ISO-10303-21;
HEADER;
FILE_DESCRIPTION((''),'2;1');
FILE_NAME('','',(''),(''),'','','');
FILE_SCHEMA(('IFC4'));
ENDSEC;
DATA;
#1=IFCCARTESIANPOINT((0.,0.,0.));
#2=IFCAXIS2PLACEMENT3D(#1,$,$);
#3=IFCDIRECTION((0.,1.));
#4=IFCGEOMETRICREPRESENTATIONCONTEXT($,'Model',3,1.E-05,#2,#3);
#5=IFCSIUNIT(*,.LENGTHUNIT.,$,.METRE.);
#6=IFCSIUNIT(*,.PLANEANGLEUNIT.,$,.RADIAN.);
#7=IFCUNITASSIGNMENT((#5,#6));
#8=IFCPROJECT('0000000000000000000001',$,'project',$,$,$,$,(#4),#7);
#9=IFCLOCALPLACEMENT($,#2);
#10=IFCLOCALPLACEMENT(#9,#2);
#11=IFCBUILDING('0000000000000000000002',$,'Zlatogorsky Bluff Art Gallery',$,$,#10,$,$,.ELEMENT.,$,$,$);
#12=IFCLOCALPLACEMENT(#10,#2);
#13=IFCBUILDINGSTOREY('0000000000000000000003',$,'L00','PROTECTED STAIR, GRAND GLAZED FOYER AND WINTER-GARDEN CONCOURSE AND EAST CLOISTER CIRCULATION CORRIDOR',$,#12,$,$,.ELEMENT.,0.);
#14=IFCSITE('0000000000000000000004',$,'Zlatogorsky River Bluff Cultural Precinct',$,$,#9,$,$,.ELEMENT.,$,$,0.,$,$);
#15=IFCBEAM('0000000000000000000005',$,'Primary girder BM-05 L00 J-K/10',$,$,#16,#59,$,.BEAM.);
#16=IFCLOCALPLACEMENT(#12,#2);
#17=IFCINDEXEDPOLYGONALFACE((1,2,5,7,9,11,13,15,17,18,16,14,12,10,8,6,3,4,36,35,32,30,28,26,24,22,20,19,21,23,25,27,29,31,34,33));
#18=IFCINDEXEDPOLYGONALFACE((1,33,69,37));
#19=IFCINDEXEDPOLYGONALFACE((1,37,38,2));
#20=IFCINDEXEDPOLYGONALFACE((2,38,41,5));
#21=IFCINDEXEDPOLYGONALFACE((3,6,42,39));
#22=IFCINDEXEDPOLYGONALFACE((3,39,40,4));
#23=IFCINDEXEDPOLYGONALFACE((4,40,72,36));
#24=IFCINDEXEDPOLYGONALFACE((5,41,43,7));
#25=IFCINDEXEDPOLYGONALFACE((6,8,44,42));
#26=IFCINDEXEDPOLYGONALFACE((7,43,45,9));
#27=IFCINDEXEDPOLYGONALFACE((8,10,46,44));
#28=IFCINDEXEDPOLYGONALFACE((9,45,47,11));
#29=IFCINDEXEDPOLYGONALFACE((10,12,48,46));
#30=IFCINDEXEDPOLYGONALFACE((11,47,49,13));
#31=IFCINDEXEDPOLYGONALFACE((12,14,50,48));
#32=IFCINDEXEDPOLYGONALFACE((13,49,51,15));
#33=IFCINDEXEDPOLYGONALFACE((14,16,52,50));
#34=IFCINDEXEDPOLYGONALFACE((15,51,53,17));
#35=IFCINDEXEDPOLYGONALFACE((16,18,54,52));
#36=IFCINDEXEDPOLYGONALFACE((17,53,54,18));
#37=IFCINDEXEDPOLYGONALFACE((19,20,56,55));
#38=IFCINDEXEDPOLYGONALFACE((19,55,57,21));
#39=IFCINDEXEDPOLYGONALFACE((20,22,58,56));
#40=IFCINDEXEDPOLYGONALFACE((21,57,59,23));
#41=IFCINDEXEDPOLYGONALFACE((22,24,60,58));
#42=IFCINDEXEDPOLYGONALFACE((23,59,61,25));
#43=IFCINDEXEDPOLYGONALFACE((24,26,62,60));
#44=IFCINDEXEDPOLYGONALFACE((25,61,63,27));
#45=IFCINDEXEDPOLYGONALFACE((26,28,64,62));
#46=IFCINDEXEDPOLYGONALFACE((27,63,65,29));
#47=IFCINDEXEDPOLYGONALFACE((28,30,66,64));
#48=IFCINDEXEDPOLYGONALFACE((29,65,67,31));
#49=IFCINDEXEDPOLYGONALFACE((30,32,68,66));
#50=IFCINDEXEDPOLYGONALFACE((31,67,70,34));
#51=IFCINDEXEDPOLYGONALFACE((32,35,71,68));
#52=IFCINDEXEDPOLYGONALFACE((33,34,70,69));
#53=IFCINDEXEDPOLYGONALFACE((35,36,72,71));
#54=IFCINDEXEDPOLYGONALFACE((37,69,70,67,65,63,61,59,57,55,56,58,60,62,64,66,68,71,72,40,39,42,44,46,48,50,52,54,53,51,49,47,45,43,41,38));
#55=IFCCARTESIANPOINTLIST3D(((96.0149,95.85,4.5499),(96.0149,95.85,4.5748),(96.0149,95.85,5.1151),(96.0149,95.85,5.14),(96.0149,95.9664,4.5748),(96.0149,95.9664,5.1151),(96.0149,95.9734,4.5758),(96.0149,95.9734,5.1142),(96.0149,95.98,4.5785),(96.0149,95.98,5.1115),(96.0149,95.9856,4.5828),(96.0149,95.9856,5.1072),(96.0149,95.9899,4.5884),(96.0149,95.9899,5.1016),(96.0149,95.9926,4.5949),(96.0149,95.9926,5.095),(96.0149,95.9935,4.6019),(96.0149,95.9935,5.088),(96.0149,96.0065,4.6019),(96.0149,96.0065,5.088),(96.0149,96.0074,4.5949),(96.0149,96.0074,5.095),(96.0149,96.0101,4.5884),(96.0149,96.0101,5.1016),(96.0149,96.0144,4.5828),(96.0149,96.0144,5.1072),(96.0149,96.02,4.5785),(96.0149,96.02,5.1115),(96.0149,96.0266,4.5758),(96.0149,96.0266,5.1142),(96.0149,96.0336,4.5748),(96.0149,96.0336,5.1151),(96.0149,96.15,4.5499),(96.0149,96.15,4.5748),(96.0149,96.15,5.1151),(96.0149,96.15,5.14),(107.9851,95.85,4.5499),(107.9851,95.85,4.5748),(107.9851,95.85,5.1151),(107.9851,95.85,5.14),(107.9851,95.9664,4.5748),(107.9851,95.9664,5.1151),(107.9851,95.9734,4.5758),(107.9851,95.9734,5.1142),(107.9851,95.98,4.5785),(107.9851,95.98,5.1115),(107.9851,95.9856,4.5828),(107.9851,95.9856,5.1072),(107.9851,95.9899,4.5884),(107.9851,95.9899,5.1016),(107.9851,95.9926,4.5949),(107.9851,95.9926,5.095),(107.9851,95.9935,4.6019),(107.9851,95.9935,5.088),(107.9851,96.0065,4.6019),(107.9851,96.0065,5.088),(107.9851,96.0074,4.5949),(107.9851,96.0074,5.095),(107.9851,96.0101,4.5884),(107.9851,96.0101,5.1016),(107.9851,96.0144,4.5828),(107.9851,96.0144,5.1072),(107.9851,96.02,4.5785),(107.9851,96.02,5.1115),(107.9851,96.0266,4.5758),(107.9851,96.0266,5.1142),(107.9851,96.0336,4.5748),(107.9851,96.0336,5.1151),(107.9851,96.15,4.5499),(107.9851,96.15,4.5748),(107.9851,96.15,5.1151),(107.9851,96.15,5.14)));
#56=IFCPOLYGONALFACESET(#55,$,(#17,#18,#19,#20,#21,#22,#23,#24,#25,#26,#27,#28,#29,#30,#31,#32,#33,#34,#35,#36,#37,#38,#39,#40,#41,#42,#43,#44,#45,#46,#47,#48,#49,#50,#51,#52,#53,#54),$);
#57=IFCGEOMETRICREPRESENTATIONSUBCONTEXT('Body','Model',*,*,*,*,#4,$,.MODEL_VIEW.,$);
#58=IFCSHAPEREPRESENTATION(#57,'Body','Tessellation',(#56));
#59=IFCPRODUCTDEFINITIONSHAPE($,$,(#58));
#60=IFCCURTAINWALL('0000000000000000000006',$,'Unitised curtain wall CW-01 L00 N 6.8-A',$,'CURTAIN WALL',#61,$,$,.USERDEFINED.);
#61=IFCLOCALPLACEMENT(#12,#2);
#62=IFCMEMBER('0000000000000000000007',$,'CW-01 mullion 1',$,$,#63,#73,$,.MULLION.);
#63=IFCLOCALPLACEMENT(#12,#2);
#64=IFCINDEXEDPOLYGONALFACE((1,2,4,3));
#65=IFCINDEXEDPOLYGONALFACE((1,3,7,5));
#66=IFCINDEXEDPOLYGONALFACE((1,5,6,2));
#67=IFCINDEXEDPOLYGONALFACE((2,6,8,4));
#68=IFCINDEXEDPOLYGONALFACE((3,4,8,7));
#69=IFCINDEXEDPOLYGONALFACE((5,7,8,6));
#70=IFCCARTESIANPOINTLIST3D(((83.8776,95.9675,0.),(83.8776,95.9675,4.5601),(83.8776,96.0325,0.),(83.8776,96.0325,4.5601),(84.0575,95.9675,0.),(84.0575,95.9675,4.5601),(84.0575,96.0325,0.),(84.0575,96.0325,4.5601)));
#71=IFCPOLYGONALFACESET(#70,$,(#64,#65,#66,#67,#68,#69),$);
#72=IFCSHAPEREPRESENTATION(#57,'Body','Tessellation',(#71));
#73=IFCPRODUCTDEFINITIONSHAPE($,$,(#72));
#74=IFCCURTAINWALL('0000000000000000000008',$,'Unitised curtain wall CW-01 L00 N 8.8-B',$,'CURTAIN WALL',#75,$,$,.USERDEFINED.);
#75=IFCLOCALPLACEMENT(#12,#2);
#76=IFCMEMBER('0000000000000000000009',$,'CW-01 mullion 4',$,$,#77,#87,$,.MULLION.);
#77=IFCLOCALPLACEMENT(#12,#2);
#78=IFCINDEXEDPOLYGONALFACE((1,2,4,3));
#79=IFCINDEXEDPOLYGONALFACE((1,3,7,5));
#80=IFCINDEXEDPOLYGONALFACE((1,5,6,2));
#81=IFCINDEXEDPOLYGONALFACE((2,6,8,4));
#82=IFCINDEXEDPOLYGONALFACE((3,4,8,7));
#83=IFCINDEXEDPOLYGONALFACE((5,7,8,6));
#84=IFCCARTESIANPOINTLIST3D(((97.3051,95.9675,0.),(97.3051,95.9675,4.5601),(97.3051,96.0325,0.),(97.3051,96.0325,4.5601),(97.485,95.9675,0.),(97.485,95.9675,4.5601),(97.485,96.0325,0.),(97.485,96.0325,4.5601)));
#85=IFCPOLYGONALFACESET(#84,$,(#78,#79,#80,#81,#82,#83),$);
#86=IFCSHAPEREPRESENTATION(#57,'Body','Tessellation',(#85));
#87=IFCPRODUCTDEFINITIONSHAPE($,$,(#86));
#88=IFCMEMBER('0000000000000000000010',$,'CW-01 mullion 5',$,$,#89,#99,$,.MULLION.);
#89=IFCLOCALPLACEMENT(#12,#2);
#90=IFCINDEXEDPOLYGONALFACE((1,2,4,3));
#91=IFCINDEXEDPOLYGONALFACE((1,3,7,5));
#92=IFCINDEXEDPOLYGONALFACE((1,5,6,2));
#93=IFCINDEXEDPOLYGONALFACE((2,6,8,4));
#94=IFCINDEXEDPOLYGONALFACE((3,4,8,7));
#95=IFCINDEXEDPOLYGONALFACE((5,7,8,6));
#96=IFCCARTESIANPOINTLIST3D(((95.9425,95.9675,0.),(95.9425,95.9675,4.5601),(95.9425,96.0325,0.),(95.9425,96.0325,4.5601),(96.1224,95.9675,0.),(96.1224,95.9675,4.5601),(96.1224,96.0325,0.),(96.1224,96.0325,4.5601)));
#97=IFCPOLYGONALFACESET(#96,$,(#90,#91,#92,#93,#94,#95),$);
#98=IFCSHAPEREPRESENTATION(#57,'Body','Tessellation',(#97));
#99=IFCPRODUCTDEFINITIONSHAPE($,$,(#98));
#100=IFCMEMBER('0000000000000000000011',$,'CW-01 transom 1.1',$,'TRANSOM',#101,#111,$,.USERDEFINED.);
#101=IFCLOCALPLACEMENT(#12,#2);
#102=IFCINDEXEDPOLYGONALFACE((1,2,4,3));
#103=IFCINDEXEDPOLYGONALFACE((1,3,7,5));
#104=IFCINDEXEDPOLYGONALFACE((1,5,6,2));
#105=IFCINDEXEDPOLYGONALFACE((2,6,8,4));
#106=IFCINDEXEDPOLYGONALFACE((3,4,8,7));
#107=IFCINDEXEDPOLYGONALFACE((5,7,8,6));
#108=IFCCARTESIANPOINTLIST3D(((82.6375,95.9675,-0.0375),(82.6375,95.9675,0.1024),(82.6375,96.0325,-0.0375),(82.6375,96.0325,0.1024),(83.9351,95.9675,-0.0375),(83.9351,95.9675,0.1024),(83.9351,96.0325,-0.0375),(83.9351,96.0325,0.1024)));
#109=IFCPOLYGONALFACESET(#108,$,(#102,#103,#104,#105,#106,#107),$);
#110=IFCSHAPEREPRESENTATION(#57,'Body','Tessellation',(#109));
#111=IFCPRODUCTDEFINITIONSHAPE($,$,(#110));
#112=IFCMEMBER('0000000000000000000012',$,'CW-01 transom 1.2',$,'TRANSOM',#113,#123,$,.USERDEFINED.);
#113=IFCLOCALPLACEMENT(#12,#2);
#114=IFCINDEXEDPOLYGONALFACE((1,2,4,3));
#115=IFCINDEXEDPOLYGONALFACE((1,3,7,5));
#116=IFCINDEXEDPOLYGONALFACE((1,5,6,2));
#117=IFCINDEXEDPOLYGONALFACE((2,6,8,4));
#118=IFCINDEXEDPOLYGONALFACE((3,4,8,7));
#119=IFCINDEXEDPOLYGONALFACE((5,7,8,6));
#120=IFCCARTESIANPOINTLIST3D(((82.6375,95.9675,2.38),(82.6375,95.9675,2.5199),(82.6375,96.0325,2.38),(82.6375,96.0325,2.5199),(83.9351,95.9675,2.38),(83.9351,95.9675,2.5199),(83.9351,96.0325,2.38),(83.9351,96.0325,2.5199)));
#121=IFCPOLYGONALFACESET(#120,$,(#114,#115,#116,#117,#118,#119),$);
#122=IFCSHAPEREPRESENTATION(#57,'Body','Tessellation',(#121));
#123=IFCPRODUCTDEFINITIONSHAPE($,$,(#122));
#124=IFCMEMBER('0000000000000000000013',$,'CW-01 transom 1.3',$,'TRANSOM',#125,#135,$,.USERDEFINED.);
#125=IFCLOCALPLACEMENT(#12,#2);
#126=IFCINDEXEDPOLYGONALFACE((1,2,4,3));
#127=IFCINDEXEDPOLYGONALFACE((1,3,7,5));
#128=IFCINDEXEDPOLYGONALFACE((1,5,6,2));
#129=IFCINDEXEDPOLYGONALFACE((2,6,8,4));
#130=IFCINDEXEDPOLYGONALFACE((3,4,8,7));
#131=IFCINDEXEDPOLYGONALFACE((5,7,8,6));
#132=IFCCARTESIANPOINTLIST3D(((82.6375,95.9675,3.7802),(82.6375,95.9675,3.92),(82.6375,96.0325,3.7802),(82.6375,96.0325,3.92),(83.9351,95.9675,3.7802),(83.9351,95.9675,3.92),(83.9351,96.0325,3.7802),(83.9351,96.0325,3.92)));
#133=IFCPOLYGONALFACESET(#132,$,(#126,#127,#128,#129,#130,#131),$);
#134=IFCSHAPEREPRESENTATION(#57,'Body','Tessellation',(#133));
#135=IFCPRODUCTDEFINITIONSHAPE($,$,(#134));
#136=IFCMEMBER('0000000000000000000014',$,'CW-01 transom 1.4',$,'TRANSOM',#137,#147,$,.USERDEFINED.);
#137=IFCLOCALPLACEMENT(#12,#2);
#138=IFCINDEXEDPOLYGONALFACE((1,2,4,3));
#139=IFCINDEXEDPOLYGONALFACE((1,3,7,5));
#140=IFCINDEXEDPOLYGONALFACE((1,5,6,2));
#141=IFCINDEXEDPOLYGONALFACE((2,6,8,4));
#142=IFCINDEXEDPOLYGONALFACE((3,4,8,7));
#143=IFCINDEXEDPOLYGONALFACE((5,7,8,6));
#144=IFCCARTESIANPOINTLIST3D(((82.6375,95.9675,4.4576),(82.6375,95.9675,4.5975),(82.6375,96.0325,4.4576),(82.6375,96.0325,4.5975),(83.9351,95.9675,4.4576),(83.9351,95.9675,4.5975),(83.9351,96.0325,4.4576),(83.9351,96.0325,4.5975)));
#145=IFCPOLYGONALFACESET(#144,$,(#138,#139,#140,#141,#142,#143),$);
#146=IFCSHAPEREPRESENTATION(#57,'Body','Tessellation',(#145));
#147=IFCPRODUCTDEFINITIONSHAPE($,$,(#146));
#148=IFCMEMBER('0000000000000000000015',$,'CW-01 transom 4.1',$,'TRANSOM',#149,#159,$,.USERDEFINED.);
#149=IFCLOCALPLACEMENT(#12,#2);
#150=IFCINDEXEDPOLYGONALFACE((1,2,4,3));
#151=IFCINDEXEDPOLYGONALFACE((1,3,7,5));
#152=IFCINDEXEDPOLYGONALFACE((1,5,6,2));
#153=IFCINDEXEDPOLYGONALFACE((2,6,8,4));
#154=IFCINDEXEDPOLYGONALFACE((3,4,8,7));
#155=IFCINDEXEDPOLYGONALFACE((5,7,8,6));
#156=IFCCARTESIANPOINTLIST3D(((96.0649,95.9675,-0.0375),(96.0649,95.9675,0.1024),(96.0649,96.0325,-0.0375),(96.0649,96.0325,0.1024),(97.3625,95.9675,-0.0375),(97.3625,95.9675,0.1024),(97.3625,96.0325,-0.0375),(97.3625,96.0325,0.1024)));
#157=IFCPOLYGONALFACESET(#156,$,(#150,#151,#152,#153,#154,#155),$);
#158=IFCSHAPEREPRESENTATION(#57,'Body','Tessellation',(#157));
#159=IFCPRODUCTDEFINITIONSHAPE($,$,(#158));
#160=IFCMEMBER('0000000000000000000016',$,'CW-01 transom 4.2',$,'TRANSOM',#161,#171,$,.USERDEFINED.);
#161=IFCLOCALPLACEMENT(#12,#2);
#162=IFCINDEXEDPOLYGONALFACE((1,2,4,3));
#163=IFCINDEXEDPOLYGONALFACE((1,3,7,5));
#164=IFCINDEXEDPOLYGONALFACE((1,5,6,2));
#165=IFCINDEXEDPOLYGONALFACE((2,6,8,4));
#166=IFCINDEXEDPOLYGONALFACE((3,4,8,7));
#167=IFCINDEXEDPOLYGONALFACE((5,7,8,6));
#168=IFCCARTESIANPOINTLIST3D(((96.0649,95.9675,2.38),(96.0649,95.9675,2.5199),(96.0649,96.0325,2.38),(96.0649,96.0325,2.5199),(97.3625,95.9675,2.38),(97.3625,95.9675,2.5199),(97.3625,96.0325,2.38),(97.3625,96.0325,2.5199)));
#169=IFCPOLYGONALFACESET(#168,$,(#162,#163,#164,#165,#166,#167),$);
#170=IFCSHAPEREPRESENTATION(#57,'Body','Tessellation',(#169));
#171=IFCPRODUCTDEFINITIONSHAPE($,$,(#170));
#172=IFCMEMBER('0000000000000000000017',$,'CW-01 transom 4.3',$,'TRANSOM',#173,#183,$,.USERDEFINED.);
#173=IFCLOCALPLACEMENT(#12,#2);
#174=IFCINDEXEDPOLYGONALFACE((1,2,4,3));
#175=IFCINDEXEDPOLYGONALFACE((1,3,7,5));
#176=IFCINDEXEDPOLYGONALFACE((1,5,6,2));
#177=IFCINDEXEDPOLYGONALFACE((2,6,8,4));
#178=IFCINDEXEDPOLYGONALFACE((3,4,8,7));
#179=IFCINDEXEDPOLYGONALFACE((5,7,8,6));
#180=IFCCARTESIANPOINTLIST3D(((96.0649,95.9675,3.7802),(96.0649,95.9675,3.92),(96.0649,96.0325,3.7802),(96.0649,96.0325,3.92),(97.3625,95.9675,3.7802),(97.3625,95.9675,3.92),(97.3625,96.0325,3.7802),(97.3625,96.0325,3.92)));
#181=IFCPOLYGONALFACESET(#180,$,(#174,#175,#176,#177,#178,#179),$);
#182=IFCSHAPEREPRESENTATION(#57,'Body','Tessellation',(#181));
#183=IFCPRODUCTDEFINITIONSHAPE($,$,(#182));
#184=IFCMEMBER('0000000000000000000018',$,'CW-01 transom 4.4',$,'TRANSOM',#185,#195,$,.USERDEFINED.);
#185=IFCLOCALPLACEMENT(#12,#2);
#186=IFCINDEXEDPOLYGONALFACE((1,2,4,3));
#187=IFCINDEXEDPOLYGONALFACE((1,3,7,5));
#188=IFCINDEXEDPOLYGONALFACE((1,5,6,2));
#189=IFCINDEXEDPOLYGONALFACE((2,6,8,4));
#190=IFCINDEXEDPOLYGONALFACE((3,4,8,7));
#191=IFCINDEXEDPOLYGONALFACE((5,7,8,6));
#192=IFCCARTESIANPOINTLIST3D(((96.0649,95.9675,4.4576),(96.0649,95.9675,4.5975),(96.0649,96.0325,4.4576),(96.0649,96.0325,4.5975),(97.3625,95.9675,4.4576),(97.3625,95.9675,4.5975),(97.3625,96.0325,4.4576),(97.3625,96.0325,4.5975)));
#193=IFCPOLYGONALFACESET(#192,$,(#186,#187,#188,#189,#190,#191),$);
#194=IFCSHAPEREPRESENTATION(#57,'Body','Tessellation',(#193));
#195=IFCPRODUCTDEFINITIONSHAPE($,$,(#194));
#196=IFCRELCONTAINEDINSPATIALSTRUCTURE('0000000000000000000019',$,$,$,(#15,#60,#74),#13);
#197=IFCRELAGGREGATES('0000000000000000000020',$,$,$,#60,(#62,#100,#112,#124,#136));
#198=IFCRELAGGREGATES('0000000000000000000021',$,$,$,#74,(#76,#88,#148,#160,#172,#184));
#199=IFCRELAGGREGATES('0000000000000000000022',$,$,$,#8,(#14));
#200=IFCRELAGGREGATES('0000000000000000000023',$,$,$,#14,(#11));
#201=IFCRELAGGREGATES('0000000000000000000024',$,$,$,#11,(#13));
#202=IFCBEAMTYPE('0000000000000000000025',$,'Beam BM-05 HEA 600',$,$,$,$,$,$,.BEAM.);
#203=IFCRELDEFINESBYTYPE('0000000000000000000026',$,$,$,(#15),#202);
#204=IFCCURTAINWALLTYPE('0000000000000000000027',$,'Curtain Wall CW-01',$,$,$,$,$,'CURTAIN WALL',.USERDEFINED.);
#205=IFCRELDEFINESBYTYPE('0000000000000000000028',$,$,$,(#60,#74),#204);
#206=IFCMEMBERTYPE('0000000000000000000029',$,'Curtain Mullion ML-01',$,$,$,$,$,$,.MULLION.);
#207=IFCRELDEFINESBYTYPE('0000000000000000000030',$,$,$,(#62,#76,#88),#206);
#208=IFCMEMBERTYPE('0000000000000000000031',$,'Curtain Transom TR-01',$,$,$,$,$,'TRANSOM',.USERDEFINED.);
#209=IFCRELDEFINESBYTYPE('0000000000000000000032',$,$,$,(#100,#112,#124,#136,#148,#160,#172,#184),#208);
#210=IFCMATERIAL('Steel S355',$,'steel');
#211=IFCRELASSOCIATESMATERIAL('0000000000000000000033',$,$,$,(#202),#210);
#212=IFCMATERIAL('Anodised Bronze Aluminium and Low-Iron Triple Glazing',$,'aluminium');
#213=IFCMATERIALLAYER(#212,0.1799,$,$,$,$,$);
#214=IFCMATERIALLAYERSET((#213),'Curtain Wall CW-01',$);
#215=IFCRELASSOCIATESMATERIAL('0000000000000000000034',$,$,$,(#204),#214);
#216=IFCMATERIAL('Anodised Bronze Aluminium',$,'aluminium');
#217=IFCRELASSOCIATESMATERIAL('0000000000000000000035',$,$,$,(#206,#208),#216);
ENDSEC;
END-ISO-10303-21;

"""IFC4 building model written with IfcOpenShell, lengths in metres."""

from ifc_helpers import new_model, si_unit, direction, frame, origin, origin_2d, place, context, subcontext, project, spatial, rectangle, i_section, extrude, material, layer, layer_set, material_profile, profile_set, type_object, element, aggregate, save


model = new_model("IFC4")

# Units and contexts
model_context = context("Model", 3, precision=1e-05, world=origin(), true_north=direction((0.0, 1.0)))
body_context = subcontext(model_context, "Body", "Model", "MODEL_VIEW")
ifc_project = project(units=[si_unit("LENGTHUNIT", "METRE"), si_unit("PLANEANGLEUNIT", "RADIAN")], contexts=[model_context])

# Site, building, storey
site_placement = place(None, origin())
site = spatial("IfcSite", under=ifc_project, at=site_placement, Name="Zlatogorsky River Bluff Cultural Precinct", CompositionType="ELEMENT", RefElevation=0.0)
building_placement = place(site_placement, origin())
building = spatial("IfcBuilding", under=site, at=building_placement, Name="Zlatogorsky Bluff Art Gallery", CompositionType="ELEMENT")
storey_placement = place(building_placement, origin())
storey = spatial("IfcBuildingStorey", under=building, at=storey_placement, Name="L00", Description="PROTECTED STAIR, GRAND GLAZED FOYER AND WINTER-GARDEN CONCOURSE AND EAST CLOISTER CIRCULATION CORRIDOR", CompositionType="ELEMENT", Elevation=0.0)

# Shared definitions
ifc_material_1 = material(Name="Steel S355", Category="steel")

# Beam
ifc_material_profile_1 = material_profile(ifc_material_1, i_section(OverallWidth=0.3, OverallDepth=0.5901, WebThickness=0.0129, FlangeThickness=0.0249, FilletRadius=0.0271, at=origin_2d()), Name="HEA 600")
ifc_profile_set_1 = profile_set([ifc_material_profile_1], Name="Steel S355")
beam_type = type_object("IfcBeamType", Name="Beam BM-05 HEA 600", PredefinedType="BEAM", material=ifc_profile_set_1)
for number, where, z_axis, x_axis, name in (
    (1, (96.0149, 96.0, 4.845), (1.0, 0.0, 0.0), (0.0, 1.0, 0.0), "Primary girder BM-05 L00 J-K/10"),
):
    element("IfcBeam", number, at=place(storey_placement, frame(where, z_axis=z_axis, x_axis=x_axis)), inside=storey, type_object=beam_type, Name=name, PredefinedType="BEAM", context=body_context, shape_type="SweptSolid", body=[
        extrude(i_section(OverallWidth=0.3, OverallDepth=0.5901, WebThickness=0.0129, FlangeThickness=0.0249, FilletRadius=0.0271, at=origin_2d()), origin(), (0.0, 0.0, 1.0), 11.9702),
    ])

# Curtain wall, member
ifc_material_2 = material(Name="Anodised Bronze Aluminium and Low-Iron Triple Glazing", Category="aluminium")
ifc_layer_1 = layer(ifc_material_2, 0.1799)
ifc_layer_set_1 = layer_set([ifc_layer_1], Name="Curtain Wall CW-01")
curtain_wall_type = type_object("IfcCurtainWallType", Name="Curtain Wall CW-01", ElementType="CURTAIN WALL", PredefinedType="USERDEFINED", material=ifc_layer_set_1)
curtain_wall_1_placement = place(storey_placement, origin())
curtain_wall_1 = element("IfcCurtainWall", 2, at=curtain_wall_1_placement, inside=storey, type_object=curtain_wall_type, Name="Unitised curtain wall CW-01 L00 N 6.8-A", ObjectType="CURTAIN WALL", PredefinedType="USERDEFINED")
ifc_material_3 = material(Name="Anodised Bronze Aluminium", Category="aluminium")
ifc_material_profile_2 = material_profile(ifc_material_3, rectangle(XDim=0.0649, YDim=0.1799, at=origin_2d()), Name="ALU MULLION 65x180")
ifc_profile_set_2 = profile_set([ifc_material_profile_2], Name="Anodised Bronze Aluminium")
member_type_1 = type_object("IfcMemberType", Name="Curtain Mullion ML-01", PredefinedType="MULLION", material=ifc_profile_set_2)
member_1_placement = place(storey_placement, frame((83.9675, 96.0, 0.0), z_axis=(0.0, 0.0, 1.0), x_axis=(0.0, -1.0, 0.0)))
member_1 = element("IfcMember", 3, at=member_1_placement, type_object=member_type_1, Name="CW-01 mullion 1", PredefinedType="MULLION", context=body_context, shape_type="SweptSolid", body=[
    extrude(rectangle(XDim=0.0649, YDim=0.1799, at=origin_2d()), origin(), (0.0, 0.0, 1.0), 4.5601),
])

# Curtain wall, members
curtain_wall_2_placement = place(storey_placement, origin())
curtain_wall_2 = element("IfcCurtainWall", 4, at=curtain_wall_2_placement, inside=storey, type_object=curtain_wall_type, Name="Unitised curtain wall CW-01 L00 N 8.8-B", ObjectType="CURTAIN WALL", PredefinedType="USERDEFINED")
member_2_placement = place(storey_placement, frame((97.395, 96.0, 0.0), z_axis=(0.0, 0.0, 1.0), x_axis=(0.0, -1.0, 0.0)))
member_2 = element("IfcMember", 5, at=member_2_placement, type_object=member_type_1, Name="CW-01 mullion 4", PredefinedType="MULLION", context=body_context, shape_type="SweptSolid", body=[
    extrude(rectangle(XDim=0.0649, YDim=0.1799, at=origin_2d()), origin(), (0.0, 0.0, 1.0), 4.5601),
])
member_3_placement = place(storey_placement, frame((96.0325, 96.0, 0.0), z_axis=(0.0, 0.0, 1.0), x_axis=(0.0, -1.0, 0.0)))
member_3 = element("IfcMember", 6, at=member_3_placement, type_object=member_type_1, Name="CW-01 mullion 5", PredefinedType="MULLION", context=body_context, shape_type="SweptSolid", body=[
    extrude(rectangle(XDim=0.0649, YDim=0.1799, at=origin_2d()), origin(), (0.0, 0.0, 1.0), 4.5601),
])

# Members
ifc_material_profile_3 = material_profile(ifc_material_3, rectangle(XDim=0.0649, YDim=0.1399, at=origin_2d()), Name="ALU TRANSOM 65x140")
ifc_profile_set_3 = profile_set([ifc_material_profile_3], Name="Anodised Bronze Aluminium")
member_type_2 = type_object("IfcMemberType", Name="Curtain Transom TR-01", ElementType="TRANSOM", PredefinedType="USERDEFINED", material=ifc_profile_set_3)
member_4_placement = place(storey_placement, frame((83.9351, 96.0, 0.0325), z_axis=(-1.0, 0.0, 0.0), x_axis=(0.0, -1.0, 0.0)))
member_4 = element("IfcMember", 7, at=member_4_placement, type_object=member_type_2, Name="CW-01 transom 1.1", ObjectType="TRANSOM", PredefinedType="USERDEFINED", context=body_context, shape_type="SweptSolid", body=[
    extrude(rectangle(XDim=0.0649, YDim=0.1399, at=origin_2d()), origin(), (0.0, 0.0, 1.0), 1.2976),
])
member_5_placement = place(storey_placement, frame((83.9351, 96.0, 2.45), z_axis=(-1.0, 0.0, 0.0), x_axis=(0.0, -1.0, 0.0)))
member_5 = element("IfcMember", 8, at=member_5_placement, type_object=member_type_2, Name="CW-01 transom 1.2", ObjectType="TRANSOM", PredefinedType="USERDEFINED", context=body_context, shape_type="SweptSolid", body=[
    extrude(rectangle(XDim=0.0649, YDim=0.1399, at=origin_2d()), origin(), (0.0, 0.0, 1.0), 1.2976),
])
member_6_placement = place(storey_placement, frame((83.9351, 96.0, 3.8501), z_axis=(-1.0, 0.0, 0.0), x_axis=(0.0, -1.0, 0.0)))
member_6 = element("IfcMember", 9, at=member_6_placement, type_object=member_type_2, Name="CW-01 transom 1.3", ObjectType="TRANSOM", PredefinedType="USERDEFINED", context=body_context, shape_type="SweptSolid", body=[
    extrude(rectangle(XDim=0.0649, YDim=0.1399, at=origin_2d()), origin(), (0.0, 0.0, 1.0), 1.2976),
])
member_7_placement = place(storey_placement, frame((83.9351, 96.0, 4.5276), z_axis=(-1.0, 0.0, 0.0), x_axis=(0.0, -1.0, 0.0)))
member_7 = element("IfcMember", 10, at=member_7_placement, type_object=member_type_2, Name="CW-01 transom 1.4", ObjectType="TRANSOM", PredefinedType="USERDEFINED", context=body_context, shape_type="SweptSolid", body=[
    extrude(rectangle(XDim=0.0649, YDim=0.1399, at=origin_2d()), origin(), (0.0, 0.0, 1.0), 1.2976),
])
aggregate(curtain_wall_1, [member_1, member_4, member_5, member_6, member_7])
member_8_placement = place(storey_placement, frame((97.3625, 96.0, 0.0325), z_axis=(-1.0, 0.0, 0.0), x_axis=(0.0, -1.0, 0.0)))
member_8 = element("IfcMember", 11, at=member_8_placement, type_object=member_type_2, Name="CW-01 transom 4.1", ObjectType="TRANSOM", PredefinedType="USERDEFINED", context=body_context, shape_type="SweptSolid", body=[
    extrude(rectangle(XDim=0.0649, YDim=0.1399, at=origin_2d()), origin(), (0.0, 0.0, 1.0), 1.2976),
])
member_9_placement = place(storey_placement, frame((97.3625, 96.0, 2.45), z_axis=(-1.0, 0.0, 0.0), x_axis=(0.0, -1.0, 0.0)))
member_9 = element("IfcMember", 12, at=member_9_placement, type_object=member_type_2, Name="CW-01 transom 4.2", ObjectType="TRANSOM", PredefinedType="USERDEFINED", context=body_context, shape_type="SweptSolid", body=[
    extrude(rectangle(XDim=0.0649, YDim=0.1399, at=origin_2d()), origin(), (0.0, 0.0, 1.0), 1.2976),
])
member_10_placement = place(storey_placement, frame((97.3625, 96.0, 3.8501), z_axis=(-1.0, 0.0, 0.0), x_axis=(0.0, -1.0, 0.0)))
member_10 = element("IfcMember", 13, at=member_10_placement, type_object=member_type_2, Name="CW-01 transom 4.3", ObjectType="TRANSOM", PredefinedType="USERDEFINED", context=body_context, shape_type="SweptSolid", body=[
    extrude(rectangle(XDim=0.0649, YDim=0.1399, at=origin_2d()), origin(), (0.0, 0.0, 1.0), 1.2976),
])
member_11_placement = place(storey_placement, frame((97.3625, 96.0, 4.5276), z_axis=(-1.0, 0.0, 0.0), x_axis=(0.0, -1.0, 0.0)))
member_11 = element("IfcMember", 14, at=member_11_placement, type_object=member_type_2, Name="CW-01 transom 4.4", ObjectType="TRANSOM", PredefinedType="USERDEFINED", context=body_context, shape_type="SweptSolid", body=[
    extrude(rectangle(XDim=0.0649, YDim=0.1399, at=origin_2d()), origin(), (0.0, 0.0, 1.0), 1.2976),
])

aggregate(curtain_wall_2, [member_2, member_3, member_8, member_9, member_10, member_11])

save(model, "model.ifc")
